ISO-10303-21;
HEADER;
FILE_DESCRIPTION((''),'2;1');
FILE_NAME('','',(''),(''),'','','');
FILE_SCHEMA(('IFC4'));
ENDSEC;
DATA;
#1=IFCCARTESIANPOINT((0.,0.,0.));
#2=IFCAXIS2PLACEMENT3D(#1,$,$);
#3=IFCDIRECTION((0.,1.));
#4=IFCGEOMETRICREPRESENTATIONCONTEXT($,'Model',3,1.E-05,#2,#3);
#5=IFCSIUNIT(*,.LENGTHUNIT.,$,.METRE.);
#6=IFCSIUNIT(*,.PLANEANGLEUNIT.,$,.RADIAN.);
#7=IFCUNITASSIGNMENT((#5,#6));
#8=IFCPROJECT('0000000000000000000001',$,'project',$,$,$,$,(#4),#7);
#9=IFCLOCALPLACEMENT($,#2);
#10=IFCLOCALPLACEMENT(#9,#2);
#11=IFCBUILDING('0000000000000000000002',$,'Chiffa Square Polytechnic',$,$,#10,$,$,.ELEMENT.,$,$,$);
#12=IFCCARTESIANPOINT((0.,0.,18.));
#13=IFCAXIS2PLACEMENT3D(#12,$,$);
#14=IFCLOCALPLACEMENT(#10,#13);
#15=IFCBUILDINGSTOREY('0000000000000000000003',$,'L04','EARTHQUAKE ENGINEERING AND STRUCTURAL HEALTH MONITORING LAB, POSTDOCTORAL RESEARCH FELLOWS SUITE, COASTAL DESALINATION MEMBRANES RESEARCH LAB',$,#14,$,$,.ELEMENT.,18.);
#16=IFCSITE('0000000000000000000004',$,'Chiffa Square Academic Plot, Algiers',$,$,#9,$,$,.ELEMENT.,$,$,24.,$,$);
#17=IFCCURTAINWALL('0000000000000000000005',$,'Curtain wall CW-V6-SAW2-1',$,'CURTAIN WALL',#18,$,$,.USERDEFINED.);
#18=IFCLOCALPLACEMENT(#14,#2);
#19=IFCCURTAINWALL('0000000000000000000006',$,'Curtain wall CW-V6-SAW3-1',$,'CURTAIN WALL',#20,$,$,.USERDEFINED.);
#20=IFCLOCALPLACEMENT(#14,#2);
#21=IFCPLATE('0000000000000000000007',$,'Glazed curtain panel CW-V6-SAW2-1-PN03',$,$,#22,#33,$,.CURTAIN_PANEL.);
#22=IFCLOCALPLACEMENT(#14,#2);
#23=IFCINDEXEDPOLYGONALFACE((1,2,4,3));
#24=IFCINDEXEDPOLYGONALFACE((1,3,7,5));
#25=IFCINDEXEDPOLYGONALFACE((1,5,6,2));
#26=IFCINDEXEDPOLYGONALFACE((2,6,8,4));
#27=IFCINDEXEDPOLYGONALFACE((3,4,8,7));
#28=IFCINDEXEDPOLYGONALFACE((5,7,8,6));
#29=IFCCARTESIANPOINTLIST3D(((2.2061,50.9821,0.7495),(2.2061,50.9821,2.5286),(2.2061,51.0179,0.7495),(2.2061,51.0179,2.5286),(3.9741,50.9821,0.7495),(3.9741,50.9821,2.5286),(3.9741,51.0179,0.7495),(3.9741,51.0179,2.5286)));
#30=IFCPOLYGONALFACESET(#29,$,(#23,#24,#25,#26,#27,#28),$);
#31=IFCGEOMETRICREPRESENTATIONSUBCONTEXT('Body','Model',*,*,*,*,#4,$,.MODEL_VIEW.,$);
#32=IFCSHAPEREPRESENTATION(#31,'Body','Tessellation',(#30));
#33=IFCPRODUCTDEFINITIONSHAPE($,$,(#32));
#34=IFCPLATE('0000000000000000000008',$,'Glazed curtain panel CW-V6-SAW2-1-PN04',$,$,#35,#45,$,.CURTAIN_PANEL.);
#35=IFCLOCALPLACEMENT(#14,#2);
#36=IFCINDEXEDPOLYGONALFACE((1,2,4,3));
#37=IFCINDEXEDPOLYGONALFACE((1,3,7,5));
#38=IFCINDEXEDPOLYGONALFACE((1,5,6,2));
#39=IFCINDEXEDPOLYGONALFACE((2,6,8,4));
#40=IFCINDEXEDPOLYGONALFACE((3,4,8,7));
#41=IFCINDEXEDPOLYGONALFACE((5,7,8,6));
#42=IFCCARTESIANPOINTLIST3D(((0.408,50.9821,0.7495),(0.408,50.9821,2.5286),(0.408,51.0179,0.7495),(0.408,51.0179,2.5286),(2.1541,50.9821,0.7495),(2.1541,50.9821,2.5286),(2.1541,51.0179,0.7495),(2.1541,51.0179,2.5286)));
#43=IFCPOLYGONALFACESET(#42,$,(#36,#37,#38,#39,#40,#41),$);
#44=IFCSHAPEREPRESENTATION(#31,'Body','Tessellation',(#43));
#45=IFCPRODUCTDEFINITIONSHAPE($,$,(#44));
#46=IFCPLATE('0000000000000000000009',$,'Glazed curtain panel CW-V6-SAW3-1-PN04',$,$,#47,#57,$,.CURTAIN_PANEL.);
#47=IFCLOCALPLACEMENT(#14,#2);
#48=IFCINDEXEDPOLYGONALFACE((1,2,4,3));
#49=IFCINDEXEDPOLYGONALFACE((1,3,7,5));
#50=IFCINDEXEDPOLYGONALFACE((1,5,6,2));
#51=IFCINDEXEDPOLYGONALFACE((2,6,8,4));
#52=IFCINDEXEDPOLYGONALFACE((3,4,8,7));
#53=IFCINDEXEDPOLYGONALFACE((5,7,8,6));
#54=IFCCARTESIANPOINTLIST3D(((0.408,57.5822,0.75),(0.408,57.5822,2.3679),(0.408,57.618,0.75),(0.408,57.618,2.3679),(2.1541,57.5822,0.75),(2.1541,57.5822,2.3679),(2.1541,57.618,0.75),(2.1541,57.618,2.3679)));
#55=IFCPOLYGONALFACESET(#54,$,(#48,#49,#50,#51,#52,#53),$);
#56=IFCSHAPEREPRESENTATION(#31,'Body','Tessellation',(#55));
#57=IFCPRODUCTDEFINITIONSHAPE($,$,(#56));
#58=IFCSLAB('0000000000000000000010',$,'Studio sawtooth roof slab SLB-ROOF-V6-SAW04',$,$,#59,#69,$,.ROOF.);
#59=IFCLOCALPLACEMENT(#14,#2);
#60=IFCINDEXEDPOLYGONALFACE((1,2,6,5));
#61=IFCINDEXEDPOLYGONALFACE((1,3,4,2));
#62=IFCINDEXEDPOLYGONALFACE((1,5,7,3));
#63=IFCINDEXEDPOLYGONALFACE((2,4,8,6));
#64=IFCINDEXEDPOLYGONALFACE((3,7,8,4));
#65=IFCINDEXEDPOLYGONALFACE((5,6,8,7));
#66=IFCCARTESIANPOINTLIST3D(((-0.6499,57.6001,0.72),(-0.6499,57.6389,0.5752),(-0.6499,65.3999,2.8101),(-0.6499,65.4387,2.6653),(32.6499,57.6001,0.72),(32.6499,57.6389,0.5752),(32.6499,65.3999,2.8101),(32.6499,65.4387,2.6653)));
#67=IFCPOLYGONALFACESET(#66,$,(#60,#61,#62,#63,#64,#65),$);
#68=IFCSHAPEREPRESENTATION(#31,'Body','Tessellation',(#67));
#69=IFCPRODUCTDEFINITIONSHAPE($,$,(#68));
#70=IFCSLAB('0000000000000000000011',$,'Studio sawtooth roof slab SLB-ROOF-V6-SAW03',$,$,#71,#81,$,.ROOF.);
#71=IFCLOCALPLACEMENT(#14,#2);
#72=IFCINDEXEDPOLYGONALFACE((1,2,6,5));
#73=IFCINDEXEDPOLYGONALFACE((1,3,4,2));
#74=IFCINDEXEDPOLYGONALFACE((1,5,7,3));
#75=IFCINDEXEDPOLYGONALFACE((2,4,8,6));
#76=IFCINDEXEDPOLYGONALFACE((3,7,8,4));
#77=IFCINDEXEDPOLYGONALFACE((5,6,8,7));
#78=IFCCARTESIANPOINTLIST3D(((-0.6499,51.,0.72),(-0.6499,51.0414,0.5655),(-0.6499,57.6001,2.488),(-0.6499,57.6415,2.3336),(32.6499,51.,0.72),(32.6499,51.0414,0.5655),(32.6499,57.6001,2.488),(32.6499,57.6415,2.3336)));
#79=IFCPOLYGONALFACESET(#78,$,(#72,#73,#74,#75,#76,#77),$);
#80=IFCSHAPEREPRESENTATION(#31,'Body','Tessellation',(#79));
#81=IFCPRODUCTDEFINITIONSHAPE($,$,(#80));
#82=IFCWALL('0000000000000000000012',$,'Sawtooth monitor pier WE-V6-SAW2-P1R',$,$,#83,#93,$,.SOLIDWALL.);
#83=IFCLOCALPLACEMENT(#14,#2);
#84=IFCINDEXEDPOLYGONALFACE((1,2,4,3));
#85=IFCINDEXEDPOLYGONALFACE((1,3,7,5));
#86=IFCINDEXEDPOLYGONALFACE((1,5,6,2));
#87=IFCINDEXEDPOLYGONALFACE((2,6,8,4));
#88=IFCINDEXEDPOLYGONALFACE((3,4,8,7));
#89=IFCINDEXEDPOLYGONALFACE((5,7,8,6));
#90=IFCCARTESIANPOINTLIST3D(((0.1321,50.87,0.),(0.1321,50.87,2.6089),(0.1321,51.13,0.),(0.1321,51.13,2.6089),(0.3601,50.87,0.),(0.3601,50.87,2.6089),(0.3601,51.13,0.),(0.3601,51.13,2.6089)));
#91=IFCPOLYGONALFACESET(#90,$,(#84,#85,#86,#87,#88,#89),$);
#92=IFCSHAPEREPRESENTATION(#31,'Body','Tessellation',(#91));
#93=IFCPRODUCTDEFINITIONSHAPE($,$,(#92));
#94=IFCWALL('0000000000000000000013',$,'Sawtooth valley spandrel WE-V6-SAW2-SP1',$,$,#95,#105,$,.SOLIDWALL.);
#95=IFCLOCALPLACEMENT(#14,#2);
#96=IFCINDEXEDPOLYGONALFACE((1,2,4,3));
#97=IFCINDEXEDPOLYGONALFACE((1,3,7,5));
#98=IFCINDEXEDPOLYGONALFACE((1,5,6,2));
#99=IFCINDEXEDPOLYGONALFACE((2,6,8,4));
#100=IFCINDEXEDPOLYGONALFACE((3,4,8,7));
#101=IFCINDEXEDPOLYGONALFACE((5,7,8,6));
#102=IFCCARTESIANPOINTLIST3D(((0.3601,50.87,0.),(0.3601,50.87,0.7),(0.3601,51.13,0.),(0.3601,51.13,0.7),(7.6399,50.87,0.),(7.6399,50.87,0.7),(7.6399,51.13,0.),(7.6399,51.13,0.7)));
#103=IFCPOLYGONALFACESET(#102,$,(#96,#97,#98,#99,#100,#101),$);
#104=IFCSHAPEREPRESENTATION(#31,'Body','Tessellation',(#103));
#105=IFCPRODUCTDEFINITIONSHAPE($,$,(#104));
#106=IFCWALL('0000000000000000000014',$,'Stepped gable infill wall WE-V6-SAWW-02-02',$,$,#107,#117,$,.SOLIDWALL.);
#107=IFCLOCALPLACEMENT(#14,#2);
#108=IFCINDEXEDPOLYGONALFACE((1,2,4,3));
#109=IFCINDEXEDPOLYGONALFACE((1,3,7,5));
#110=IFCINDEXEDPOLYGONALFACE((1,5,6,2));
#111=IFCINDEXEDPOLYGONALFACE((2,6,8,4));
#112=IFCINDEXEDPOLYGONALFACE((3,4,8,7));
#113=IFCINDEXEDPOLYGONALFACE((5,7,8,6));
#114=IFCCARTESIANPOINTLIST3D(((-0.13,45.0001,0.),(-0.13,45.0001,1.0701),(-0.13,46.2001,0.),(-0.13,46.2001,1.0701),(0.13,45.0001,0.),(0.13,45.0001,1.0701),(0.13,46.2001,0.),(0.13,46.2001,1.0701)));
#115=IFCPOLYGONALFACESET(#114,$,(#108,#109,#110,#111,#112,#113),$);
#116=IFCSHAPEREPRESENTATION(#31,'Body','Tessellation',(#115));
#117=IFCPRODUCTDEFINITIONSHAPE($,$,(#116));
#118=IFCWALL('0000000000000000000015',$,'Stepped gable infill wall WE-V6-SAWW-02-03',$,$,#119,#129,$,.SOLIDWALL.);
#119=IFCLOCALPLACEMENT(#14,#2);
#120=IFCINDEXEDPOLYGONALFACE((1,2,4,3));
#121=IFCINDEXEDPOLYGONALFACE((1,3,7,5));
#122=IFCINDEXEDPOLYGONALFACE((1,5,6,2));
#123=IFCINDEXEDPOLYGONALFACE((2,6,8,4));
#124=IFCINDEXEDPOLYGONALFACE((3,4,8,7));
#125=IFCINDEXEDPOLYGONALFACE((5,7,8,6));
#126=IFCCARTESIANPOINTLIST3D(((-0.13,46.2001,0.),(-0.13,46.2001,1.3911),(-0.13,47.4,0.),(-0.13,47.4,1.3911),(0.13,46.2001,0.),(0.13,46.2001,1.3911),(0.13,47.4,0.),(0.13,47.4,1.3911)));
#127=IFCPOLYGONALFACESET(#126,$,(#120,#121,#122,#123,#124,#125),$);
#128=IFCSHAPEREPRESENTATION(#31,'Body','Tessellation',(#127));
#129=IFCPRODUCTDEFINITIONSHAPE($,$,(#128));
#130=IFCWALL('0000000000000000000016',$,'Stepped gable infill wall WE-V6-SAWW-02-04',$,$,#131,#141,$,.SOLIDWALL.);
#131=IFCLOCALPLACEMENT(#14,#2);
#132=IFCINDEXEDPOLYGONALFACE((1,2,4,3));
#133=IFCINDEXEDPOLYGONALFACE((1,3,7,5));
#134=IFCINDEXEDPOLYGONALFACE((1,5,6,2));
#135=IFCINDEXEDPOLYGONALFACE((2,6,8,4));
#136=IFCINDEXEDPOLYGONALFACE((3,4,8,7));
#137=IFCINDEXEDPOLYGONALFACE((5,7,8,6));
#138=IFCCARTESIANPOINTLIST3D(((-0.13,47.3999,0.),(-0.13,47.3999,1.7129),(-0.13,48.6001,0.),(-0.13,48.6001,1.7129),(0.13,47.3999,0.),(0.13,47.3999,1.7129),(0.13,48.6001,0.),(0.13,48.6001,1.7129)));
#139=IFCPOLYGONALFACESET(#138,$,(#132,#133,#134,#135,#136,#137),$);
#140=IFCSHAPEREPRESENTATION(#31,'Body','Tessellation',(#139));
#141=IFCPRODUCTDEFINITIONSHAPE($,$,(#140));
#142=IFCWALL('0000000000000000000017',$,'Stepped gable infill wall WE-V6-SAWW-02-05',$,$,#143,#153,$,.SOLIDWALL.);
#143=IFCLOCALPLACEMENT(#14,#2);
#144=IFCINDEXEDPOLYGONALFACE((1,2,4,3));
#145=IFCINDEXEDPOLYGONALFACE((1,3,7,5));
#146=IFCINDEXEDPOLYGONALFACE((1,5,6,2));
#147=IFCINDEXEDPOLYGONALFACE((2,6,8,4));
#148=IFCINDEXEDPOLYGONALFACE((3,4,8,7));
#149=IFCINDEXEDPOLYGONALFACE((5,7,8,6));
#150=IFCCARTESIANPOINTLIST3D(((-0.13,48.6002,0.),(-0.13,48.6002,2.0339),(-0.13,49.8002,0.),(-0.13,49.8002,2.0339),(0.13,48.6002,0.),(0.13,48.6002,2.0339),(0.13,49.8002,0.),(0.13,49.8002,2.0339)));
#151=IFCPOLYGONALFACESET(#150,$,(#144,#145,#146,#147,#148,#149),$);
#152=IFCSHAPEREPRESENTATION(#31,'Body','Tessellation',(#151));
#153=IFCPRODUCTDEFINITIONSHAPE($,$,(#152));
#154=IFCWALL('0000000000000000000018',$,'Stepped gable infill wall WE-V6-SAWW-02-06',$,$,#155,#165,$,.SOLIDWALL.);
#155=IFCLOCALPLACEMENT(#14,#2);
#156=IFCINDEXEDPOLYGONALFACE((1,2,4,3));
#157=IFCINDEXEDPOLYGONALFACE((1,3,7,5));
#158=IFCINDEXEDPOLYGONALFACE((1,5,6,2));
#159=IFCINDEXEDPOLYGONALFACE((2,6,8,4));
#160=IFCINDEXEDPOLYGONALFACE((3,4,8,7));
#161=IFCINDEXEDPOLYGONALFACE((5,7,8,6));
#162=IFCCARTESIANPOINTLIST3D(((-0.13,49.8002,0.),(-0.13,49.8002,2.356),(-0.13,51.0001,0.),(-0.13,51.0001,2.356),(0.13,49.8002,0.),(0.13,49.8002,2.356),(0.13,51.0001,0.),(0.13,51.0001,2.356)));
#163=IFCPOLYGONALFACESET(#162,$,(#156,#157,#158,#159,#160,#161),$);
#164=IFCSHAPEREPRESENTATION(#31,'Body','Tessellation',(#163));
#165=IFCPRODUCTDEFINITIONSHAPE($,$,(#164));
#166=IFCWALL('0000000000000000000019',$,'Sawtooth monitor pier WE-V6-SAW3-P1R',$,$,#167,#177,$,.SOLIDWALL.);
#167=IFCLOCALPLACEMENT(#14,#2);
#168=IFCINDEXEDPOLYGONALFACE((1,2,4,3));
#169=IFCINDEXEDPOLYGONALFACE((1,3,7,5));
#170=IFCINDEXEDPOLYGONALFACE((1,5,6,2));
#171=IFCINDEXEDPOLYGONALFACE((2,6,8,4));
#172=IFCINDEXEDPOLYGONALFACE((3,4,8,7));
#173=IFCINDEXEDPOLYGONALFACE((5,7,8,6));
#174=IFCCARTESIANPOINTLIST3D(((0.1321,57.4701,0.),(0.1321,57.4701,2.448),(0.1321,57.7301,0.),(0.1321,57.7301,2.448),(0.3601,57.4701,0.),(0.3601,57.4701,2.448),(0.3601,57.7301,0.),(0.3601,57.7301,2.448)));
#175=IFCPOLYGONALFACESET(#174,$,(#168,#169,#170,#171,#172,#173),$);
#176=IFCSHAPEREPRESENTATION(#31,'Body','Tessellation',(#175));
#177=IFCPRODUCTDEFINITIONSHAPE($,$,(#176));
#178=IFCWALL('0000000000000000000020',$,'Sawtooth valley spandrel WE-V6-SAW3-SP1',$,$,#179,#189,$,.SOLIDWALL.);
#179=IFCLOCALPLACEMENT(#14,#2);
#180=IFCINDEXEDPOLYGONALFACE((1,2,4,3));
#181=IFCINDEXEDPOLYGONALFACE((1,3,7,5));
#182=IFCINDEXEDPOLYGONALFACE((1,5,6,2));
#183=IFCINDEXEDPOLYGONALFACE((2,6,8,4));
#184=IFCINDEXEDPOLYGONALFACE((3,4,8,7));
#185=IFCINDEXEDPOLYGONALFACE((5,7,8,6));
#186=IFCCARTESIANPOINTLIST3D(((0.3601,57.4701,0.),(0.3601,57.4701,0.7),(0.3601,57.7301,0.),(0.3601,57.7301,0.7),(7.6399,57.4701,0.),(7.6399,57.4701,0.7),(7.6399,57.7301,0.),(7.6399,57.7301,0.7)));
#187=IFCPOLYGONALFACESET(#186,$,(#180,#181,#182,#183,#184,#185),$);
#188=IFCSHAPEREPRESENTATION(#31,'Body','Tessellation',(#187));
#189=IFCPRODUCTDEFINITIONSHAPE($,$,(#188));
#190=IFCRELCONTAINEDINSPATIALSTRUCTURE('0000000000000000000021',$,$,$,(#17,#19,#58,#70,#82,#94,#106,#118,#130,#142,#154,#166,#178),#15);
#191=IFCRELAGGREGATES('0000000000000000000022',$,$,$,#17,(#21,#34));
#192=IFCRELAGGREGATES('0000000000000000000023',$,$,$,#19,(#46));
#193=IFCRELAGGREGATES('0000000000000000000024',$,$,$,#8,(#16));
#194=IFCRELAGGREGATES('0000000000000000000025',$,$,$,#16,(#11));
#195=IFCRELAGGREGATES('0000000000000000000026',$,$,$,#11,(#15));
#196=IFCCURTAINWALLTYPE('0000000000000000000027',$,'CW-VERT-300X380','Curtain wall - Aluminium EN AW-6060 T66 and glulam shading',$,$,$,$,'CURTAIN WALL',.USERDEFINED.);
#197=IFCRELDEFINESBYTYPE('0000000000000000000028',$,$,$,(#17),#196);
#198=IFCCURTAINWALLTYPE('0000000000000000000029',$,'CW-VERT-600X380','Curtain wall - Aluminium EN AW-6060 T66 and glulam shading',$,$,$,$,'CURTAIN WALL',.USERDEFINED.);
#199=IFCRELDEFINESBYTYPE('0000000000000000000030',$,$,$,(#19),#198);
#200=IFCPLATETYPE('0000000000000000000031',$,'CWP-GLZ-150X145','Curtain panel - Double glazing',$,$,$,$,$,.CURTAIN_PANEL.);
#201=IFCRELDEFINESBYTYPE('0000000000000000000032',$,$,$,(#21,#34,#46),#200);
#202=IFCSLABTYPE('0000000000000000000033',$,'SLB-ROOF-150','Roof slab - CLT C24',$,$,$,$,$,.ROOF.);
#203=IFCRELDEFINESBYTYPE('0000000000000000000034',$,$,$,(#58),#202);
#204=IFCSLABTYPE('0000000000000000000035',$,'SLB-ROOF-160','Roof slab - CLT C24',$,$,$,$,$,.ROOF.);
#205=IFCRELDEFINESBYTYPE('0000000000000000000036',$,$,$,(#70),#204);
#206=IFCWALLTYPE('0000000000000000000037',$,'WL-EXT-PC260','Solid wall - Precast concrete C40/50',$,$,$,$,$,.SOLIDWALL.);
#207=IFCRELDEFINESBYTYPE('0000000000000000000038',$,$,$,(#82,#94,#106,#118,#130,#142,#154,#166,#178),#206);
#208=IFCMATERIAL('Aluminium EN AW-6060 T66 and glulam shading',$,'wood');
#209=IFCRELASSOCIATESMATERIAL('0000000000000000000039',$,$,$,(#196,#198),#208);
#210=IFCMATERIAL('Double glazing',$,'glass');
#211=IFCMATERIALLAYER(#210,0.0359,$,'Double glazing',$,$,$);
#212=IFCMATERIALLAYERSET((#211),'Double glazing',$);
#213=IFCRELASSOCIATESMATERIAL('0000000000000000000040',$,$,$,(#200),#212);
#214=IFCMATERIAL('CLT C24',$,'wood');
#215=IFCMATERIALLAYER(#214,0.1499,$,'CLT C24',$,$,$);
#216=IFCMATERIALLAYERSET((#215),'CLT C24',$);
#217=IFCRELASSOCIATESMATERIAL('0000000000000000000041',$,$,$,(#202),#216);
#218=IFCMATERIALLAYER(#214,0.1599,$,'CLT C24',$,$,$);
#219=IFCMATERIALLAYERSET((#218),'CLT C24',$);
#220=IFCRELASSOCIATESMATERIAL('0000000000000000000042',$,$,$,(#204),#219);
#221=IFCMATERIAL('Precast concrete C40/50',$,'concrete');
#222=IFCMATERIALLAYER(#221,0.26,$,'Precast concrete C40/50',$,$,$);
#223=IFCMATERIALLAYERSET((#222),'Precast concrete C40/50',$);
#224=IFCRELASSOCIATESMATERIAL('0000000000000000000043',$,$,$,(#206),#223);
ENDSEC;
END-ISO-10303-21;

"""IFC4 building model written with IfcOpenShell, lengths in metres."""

from ifc_helpers import new_model, si_unit, direction, frame, frame_2d, origin, origin_2d, place, context, subcontext, project, spatial, polyline, rectangle, outline, extrude, material, layer, layer_set, type_object, element, aggregate, save


model = new_model("IFC4")

# Units and contexts
model_context = context("Model", 3, precision=1e-05, world=origin(), true_north=direction((0.0, 1.0)))
body_context = subcontext(model_context, "Body", "Model", "MODEL_VIEW")
ifc_project = project(units=[si_unit("LENGTHUNIT", "METRE"), si_unit("PLANEANGLEUNIT", "RADIAN")], contexts=[model_context])

# Site, building, storey
site_placement = place(None, origin())
site = spatial("IfcSite", under=ifc_project, at=site_placement, Name="Chiffa Square Academic Plot, Algiers", CompositionType="ELEMENT", RefElevation=24.0)
building_placement = place(site_placement, origin())
building = spatial("IfcBuilding", under=site, at=building_placement, Name="Chiffa Square Polytechnic", CompositionType="ELEMENT")
storey_placement = place(building_placement, frame((0.0, 0.0, 18.0)))
storey = spatial("IfcBuildingStorey", under=building, at=storey_placement, Name="L04", Description="EARTHQUAKE ENGINEERING AND STRUCTURAL HEALTH MONITORING LAB, POSTDOCTORAL RESEARCH FELLOWS SUITE, COASTAL DESALINATION MEMBRANES RESEARCH LAB", CompositionType="ELEMENT", Elevation=18.0)

# Curtain walls
ifc_material_1 = material(Name="Aluminium EN AW-6060 T66 and glulam shading", Category="wood")
curtain_wall_type_1 = type_object("IfcCurtainWallType", Name="CW-VERT-300X380", Description="Curtain wall - Aluminium EN AW-6060 T66 and glulam shading", ElementType="CURTAIN WALL", PredefinedType="USERDEFINED", material=ifc_material_1)
curtain_wall_1_placement = place(storey_placement, origin())
curtain_wall_1 = element("IfcCurtainWall", 1, at=curtain_wall_1_placement, inside=storey, type_object=curtain_wall_type_1, Name="Curtain wall CW-V6-SAW2-1", ObjectType="CURTAIN WALL", PredefinedType="USERDEFINED")
curtain_wall_type_2 = type_object("IfcCurtainWallType", Name="CW-VERT-600X380", Description="Curtain wall - Aluminium EN AW-6060 T66 and glulam shading", ElementType="CURTAIN WALL", PredefinedType="USERDEFINED", material=ifc_material_1)
curtain_wall_2_placement = place(storey_placement, origin())
curtain_wall_2 = element("IfcCurtainWall", 2, at=curtain_wall_2_placement, inside=storey, type_object=curtain_wall_type_2, Name="Curtain wall CW-V6-SAW3-1", ObjectType="CURTAIN WALL", PredefinedType="USERDEFINED")

# Plates
ifc_material_2 = material(Name="Double glazing", Category="glass")
ifc_layer_1 = layer(ifc_material_2, 0.0359, Name="Double glazing")
ifc_layer_set_1 = layer_set([ifc_layer_1], Name="Double glazing")
plate_type = type_object("IfcPlateType", Name="CWP-GLZ-150X145", Description="Curtain panel - Double glazing", PredefinedType="CURTAIN_PANEL", material=ifc_layer_set_1)
plate_1_placement = place(storey_placement, frame((3.0901, 51.0, 0.7495), z_axis=(0.0, 0.0, 1.0), x_axis=(-1.0, 0.0, 0.0)))
plate_1 = element("IfcPlate", 3, at=plate_1_placement, type_object=plate_type, Name="Glazed curtain panel CW-V6-SAW2-1-PN03", PredefinedType="CURTAIN_PANEL", context=body_context, shape_type="SweptSolid", body=[
    extrude(rectangle(XDim=1.7681, YDim=0.0359, at=origin_2d()), origin(), (0.0, 0.0, 1.0), 1.7791),
])
plate_2_placement = place(storey_placement, frame((1.281, 51.0, 0.7495), z_axis=(0.0, 0.0, 1.0), x_axis=(-1.0, 0.0, 0.0)))
plate_2 = element("IfcPlate", 4, at=plate_2_placement, type_object=plate_type, Name="Glazed curtain panel CW-V6-SAW2-1-PN04", PredefinedType="CURTAIN_PANEL", context=body_context, shape_type="SweptSolid", body=[
    extrude(rectangle(XDim=1.7461, YDim=0.0359, at=origin_2d()), origin(), (0.0, 0.0, 1.0), 1.7791),
])
aggregate(curtain_wall_1, [plate_1, plate_2])
plate_3_placement = place(storey_placement, frame((1.281, 57.6001, 0.75), z_axis=(0.0, 0.0, 1.0), x_axis=(-1.0, 0.0, 0.0)))
plate_3 = element("IfcPlate", 5, at=plate_3_placement, type_object=plate_type, Name="Glazed curtain panel CW-V6-SAW3-1-PN04", PredefinedType="CURTAIN_PANEL", context=body_context, shape_type="SweptSolid", body=[
    extrude(rectangle(XDim=1.7461, YDim=0.0359, at=origin_2d()), origin(), (0.0, 0.0, 1.0), 1.6179),
])
aggregate(curtain_wall_2, [plate_3])

# Slabs
ifc_material_3 = material(Name="CLT C24", Category="wood")
ifc_layer_2 = layer(ifc_material_3, 0.1499, Name="CLT C24")
ifc_layer_set_2 = layer_set([ifc_layer_2], Name="CLT C24")
slab_type_1 = type_object("IfcSlabType", Name="SLB-ROOF-150", Description="Roof slab - CLT C24", PredefinedType="ROOF", material=ifc_layer_set_2)
slab_1_placement = place(storey_placement, frame((-0.6499, 57.6001, 0.72), z_axis=(0.0, -0.258835, 0.965922), x_axis=(1.0, 0.0, 0.0)))
element("IfcSlab", 6, at=slab_1_placement, inside=storey, type_object=slab_type_1, Name="Studio sawtooth roof slab SLB-ROOF-V6-SAW04", PredefinedType="ROOF", context=body_context, shape_type="SweptSolid", body=[
    extrude(outline(polyline([(0.0, 0.0), (33.2998, 0.0), (33.2998, 8.075), (0.0, 8.075), (0.0, 0.0)])), origin(), (0.0, 0.0, -1.0), 0.1499),
])
ifc_layer_3 = layer(ifc_material_3, 0.1599, Name="CLT C24")
ifc_layer_set_3 = layer_set([ifc_layer_3], Name="CLT C24")
slab_type_2 = type_object("IfcSlabType", Name="SLB-ROOF-160", Description="Roof slab - CLT C24", PredefinedType="ROOF", material=ifc_layer_set_3)
slab_2_placement = place(storey_placement, frame((-0.6499, 51.0, 0.72), z_axis=(0.0, -0.258761, 0.965941), x_axis=(1.0, 0.0, 0.0)))
element("IfcSlab", 7, at=slab_2_placement, inside=storey, type_object=slab_type_2, Name="Studio sawtooth roof slab SLB-ROOF-V6-SAW03", PredefinedType="ROOF", context=body_context, shape_type="SweptSolid", body=[
    extrude(outline(polyline([(0.0, 0.0), (33.2998, 0.0), (33.2998, 6.8328), (0.0, 6.8328), (0.0, 0.0)])), origin(), (0.0, 0.0, -1.0), 0.1599),
])

# Walls
ifc_material_4 = material(Name="Precast concrete C40/50", Category="concrete")
ifc_layer_4 = layer(ifc_material_4, 0.26, Name="Precast concrete C40/50")
ifc_layer_set_4 = layer_set([ifc_layer_4], Name="Precast concrete C40/50")
wall_type = type_object("IfcWallType", Name="WL-EXT-PC260", Description="Solid wall - Precast concrete C40/50", PredefinedType="SOLIDWALL", material=ifc_layer_set_4)
wall_1_placement = place(storey_placement, frame((0.3601, 51.0, 0.0), z_axis=(0.0, 0.0, 1.0), x_axis=(-1.0, 0.0, 0.0)))
element("IfcWall", 8, at=wall_1_placement, inside=storey, type_object=wall_type, Name="Sawtooth monitor pier WE-V6-SAW2-P1R", PredefinedType="SOLIDWALL", context=body_context, shape_type="SweptSolid", body=[
    extrude(rectangle(XDim=0.228, YDim=0.26, at=frame_2d((0.114, 0.0))), origin(), (0.0, 0.0, 1.0), 2.6089),
])
wall_2_placement = place(storey_placement, frame((0.3601, 51.0, 0.0), z_axis=(0.0, 0.0, 1.0), x_axis=(1.0, 0.0, 0.0)))
element("IfcWall", 9, at=wall_2_placement, inside=storey, type_object=wall_type, Name="Sawtooth valley spandrel WE-V6-SAW2-SP1", PredefinedType="SOLIDWALL", context=body_context, shape_type="SweptSolid", body=[
    extrude(rectangle(XDim=7.2798, YDim=0.26, at=frame_2d((3.6399, 0.0))), origin(), (0.0, 0.0, 1.0), 0.7),
])
wall_3_placement = place(storey_placement, frame((0.0, 45.0, 0.0), z_axis=(0.0, 0.0, 1.0), x_axis=(0.0, 1.0, 0.0)))
element("IfcWall", 10, at=wall_3_placement, inside=storey, type_object=wall_type, Name="Stepped gable infill wall WE-V6-SAWW-02-02", PredefinedType="SOLIDWALL", context=body_context, shape_type="SweptSolid", body=[
    extrude(rectangle(XDim=1.2, YDim=0.26, at=frame_2d((0.6001, 0.0))), origin(), (0.0, 0.0, 1.0), 1.0701),
])
wall_4_placement = place(storey_placement, frame((0.0, 46.2, 0.0), z_axis=(0.0, 0.0, 1.0), x_axis=(0.0, 1.0, 0.0)))
element("IfcWall", 11, at=wall_4_placement, inside=storey, type_object=wall_type, Name="Stepped gable infill wall WE-V6-SAWW-02-03", PredefinedType="SOLIDWALL", context=body_context, shape_type="SweptSolid", body=[
    extrude(rectangle(XDim=1.2, YDim=0.26, at=frame_2d((0.6001, 0.0))), origin(), (0.0, 0.0, 1.0), 1.3911),
])
wall_5_placement = place(storey_placement, frame((0.0, 47.3999, 0.0), z_axis=(0.0, 0.0, 1.0), x_axis=(0.0, 1.0, 0.0)))
element("IfcWall", 12, at=wall_5_placement, inside=storey, type_object=wall_type, Name="Stepped gable infill wall WE-V6-SAWW-02-04", PredefinedType="SOLIDWALL", context=body_context, shape_type="SweptSolid", body=[
    extrude(rectangle(XDim=1.2002, YDim=0.26, at=frame_2d((0.6001, 0.0))), origin(), (0.0, 0.0, 1.0), 1.7129),
])
wall_6_placement = place(storey_placement, frame((0.0, 48.6001, 0.0), z_axis=(0.0, 0.0, 1.0), x_axis=(0.0, 1.0, 0.0)))
element("IfcWall", 13, at=wall_6_placement, inside=storey, type_object=wall_type, Name="Stepped gable infill wall WE-V6-SAWW-02-05", PredefinedType="SOLIDWALL", context=body_context, shape_type="SweptSolid", body=[
    extrude(rectangle(XDim=1.2, YDim=0.26, at=frame_2d((0.6001, 0.0))), origin(), (0.0, 0.0, 1.0), 2.0339),
])
wall_7_placement = place(storey_placement, frame((0.0, 49.8, 0.0), z_axis=(0.0, 0.0, 1.0), x_axis=(0.0, 1.0, 0.0)))
element("IfcWall", 14, at=wall_7_placement, inside=storey, type_object=wall_type, Name="Stepped gable infill wall WE-V6-SAWW-02-06", PredefinedType="SOLIDWALL", context=body_context, shape_type="SweptSolid", body=[
    extrude(rectangle(XDim=1.2, YDim=0.26, at=frame_2d((0.6001, 0.0))), origin(), (0.0, 0.0, 1.0), 2.356),
])
wall_8_placement = place(storey_placement, frame((0.3601, 57.6001, 0.0), z_axis=(0.0, 0.0, 1.0), x_axis=(-1.0, 0.0, 0.0)))
element("IfcWall", 15, at=wall_8_placement, inside=storey, type_object=wall_type, Name="Sawtooth monitor pier WE-V6-SAW3-P1R", PredefinedType="SOLIDWALL", context=body_context, shape_type="SweptSolid", body=[
    extrude(rectangle(XDim=0.228, YDim=0.26, at=frame_2d((0.114, 0.0))), origin(), (0.0, 0.0, 1.0), 2.448),
])
wall_9_placement = place(storey_placement, frame((0.3601, 57.6001, 0.0), z_axis=(0.0, 0.0, 1.0), x_axis=(1.0, 0.0, 0.0)))
element("IfcWall", 16, at=wall_9_placement, inside=storey, type_object=wall_type, Name="Sawtooth valley spandrel WE-V6-SAW3-SP1", PredefinedType="SOLIDWALL", context=body_context, shape_type="SweptSolid", body=[
    extrude(rectangle(XDim=7.2798, YDim=0.26, at=frame_2d((3.6399, 0.0))), origin(), (0.0, 0.0, 1.0), 0.7),
])

save(model, "model.ifc")
